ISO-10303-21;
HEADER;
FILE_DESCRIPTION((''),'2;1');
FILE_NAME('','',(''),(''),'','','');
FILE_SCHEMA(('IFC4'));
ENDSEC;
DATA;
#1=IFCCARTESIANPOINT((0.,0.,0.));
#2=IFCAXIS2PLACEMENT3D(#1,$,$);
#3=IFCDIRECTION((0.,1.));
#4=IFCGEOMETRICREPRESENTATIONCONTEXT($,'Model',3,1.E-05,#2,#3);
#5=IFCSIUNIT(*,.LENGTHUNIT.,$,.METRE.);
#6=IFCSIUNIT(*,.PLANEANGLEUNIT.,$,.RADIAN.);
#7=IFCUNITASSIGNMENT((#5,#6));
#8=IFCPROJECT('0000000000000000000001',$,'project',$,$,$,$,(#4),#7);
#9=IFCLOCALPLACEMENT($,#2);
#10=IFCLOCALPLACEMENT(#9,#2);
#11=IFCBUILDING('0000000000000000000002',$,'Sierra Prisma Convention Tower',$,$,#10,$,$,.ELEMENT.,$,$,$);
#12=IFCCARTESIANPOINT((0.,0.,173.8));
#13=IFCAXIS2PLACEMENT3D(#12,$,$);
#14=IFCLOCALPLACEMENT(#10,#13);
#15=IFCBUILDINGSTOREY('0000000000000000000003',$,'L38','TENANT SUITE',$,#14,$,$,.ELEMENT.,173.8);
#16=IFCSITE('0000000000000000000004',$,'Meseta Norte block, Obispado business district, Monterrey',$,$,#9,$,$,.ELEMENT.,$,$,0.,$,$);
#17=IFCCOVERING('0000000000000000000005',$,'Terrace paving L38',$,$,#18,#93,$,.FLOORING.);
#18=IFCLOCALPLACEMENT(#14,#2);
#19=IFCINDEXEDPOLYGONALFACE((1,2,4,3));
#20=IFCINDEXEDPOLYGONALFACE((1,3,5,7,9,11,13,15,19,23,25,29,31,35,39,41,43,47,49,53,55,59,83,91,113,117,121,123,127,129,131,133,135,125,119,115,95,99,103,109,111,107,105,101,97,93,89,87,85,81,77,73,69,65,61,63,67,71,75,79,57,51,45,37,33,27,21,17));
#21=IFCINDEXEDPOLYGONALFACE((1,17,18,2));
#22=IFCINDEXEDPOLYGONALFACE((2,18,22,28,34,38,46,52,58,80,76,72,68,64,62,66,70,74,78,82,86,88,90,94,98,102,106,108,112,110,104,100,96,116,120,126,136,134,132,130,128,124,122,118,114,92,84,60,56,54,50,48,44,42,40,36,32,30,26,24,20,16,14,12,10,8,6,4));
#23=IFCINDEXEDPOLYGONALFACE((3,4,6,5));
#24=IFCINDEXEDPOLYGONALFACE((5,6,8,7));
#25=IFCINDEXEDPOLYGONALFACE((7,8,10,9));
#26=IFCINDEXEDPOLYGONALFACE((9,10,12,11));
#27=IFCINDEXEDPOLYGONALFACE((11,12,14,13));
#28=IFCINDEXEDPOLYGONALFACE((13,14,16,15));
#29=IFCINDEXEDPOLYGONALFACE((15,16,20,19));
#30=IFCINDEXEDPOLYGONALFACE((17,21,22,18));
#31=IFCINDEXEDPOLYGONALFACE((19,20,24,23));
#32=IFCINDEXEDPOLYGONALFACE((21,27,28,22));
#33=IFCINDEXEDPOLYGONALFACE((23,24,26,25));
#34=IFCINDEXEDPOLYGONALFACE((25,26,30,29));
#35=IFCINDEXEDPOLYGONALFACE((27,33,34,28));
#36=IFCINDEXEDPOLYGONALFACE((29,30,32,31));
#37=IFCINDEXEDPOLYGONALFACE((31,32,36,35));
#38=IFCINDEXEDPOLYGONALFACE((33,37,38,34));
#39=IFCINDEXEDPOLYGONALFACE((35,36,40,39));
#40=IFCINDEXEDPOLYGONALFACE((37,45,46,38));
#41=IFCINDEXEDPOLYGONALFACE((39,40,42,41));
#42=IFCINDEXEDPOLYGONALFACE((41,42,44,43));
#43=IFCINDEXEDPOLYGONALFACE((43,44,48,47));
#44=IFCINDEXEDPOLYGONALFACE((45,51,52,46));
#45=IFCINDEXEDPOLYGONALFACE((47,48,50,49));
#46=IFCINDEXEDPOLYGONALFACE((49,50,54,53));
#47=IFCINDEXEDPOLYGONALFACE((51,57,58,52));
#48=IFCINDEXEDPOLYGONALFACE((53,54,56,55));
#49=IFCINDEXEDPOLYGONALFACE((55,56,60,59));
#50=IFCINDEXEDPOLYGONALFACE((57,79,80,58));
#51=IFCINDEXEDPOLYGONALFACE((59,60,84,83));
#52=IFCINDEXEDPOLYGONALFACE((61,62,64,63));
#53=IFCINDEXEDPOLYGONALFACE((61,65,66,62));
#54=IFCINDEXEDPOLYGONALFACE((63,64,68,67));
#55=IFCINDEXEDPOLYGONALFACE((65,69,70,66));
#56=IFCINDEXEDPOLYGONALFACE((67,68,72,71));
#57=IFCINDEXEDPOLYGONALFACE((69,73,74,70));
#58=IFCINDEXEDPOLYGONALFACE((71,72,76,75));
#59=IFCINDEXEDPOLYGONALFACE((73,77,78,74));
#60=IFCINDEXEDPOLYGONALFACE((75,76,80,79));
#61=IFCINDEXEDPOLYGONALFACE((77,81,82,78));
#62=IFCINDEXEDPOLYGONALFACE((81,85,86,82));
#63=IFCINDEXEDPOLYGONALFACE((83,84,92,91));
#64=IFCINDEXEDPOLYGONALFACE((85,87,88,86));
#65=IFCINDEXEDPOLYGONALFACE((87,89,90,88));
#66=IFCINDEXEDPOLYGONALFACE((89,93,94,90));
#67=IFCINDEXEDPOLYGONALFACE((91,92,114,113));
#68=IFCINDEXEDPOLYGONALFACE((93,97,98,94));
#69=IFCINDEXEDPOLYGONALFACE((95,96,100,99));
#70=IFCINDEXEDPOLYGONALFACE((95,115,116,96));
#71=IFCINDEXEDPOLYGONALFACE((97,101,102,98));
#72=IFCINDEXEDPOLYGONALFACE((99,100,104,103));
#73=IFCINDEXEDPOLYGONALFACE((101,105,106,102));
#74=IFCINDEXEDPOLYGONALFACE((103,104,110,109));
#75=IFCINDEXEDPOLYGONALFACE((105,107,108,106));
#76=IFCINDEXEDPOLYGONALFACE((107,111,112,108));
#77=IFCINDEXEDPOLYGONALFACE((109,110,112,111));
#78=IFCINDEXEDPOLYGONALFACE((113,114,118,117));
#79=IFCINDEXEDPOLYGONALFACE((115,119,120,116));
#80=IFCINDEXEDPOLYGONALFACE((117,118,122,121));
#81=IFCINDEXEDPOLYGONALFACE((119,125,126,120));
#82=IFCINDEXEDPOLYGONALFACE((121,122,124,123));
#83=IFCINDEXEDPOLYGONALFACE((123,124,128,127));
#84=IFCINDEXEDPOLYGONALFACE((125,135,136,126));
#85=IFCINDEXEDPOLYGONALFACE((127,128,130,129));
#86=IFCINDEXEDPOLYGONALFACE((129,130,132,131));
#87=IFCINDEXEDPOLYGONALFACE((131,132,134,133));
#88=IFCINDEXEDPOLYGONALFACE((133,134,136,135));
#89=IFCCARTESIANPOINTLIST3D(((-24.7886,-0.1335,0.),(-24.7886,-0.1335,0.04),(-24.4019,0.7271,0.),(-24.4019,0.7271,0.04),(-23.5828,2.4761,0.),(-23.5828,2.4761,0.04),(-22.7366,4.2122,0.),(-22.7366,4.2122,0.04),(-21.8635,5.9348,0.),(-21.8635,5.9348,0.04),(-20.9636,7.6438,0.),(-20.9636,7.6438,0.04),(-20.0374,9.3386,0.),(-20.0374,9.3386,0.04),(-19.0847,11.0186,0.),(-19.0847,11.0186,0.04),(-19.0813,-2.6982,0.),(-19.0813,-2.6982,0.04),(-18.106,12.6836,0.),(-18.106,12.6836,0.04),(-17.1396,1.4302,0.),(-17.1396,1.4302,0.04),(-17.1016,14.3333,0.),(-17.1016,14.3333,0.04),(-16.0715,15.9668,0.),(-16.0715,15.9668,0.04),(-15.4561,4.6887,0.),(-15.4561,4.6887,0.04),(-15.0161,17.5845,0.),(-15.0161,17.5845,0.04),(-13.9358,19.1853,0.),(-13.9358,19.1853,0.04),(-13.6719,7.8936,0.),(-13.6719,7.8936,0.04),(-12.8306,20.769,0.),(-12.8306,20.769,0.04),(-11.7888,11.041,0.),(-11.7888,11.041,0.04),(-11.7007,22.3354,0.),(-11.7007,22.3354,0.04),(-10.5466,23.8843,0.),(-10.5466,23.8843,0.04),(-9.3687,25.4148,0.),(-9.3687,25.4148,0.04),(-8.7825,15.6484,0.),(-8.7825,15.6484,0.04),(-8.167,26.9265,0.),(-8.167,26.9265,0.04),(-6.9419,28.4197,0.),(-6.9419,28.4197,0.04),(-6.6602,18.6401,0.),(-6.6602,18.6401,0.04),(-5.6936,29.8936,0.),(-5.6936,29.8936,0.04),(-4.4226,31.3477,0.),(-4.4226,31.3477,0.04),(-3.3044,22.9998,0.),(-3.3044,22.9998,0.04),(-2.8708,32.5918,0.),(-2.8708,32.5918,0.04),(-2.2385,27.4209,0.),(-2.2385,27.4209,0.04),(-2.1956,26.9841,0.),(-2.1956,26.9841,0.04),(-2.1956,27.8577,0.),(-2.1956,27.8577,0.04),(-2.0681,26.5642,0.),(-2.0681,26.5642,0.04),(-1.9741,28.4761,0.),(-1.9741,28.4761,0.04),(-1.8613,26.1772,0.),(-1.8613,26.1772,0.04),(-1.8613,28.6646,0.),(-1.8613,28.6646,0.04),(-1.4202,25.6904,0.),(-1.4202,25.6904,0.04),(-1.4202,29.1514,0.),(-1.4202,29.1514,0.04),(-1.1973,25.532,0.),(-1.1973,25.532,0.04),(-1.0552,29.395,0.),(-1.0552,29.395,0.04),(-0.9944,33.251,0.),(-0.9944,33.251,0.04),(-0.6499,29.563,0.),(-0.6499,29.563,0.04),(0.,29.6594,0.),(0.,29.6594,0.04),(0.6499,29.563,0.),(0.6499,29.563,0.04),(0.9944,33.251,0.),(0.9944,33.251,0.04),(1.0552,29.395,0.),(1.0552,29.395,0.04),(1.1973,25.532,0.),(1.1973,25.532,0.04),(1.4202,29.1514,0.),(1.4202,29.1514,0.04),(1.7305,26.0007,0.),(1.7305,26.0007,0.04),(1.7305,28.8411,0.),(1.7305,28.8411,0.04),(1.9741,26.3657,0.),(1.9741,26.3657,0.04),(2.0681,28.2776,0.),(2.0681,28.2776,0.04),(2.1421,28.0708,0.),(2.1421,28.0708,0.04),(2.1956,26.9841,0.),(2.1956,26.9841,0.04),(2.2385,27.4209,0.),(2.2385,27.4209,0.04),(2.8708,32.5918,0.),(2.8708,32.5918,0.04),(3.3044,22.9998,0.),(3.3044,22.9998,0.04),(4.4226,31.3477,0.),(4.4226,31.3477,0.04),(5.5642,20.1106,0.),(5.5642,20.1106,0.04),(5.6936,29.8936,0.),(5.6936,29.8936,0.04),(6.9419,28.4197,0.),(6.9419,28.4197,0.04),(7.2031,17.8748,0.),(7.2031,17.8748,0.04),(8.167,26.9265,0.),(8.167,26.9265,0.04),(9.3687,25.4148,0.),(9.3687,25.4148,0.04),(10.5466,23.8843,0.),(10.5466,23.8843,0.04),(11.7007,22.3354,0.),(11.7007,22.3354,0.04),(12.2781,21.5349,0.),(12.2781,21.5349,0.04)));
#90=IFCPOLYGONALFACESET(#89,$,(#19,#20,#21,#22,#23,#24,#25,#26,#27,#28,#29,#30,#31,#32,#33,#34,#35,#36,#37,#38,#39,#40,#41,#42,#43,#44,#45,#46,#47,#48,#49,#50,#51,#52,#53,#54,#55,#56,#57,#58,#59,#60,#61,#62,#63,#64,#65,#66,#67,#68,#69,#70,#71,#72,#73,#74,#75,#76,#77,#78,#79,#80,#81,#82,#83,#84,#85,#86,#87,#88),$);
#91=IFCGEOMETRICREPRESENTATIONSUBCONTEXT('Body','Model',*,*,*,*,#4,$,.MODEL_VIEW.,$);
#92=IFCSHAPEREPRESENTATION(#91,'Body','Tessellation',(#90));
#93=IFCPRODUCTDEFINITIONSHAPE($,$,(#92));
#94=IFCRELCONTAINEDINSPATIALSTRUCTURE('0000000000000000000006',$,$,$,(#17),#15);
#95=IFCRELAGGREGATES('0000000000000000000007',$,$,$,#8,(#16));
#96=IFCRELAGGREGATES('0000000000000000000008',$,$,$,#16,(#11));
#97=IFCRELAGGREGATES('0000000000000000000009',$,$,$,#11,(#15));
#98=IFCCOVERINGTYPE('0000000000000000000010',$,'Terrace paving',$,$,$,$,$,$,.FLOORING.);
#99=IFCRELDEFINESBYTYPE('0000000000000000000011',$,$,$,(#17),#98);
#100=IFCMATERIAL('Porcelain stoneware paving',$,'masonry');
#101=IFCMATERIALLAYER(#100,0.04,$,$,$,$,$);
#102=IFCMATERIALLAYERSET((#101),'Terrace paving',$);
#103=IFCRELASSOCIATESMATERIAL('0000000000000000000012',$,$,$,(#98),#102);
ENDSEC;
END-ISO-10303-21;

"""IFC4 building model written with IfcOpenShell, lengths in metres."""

from ifc_helpers import new_model, si_unit, direction, frame, origin, place, context, subcontext, project, spatial, polyline, outline, extrude, material, layer, layer_set, type_object, element, save


model = new_model("IFC4")

# Units and contexts
model_context = context("Model", 3, precision=1e-05, world=origin(), true_north=direction((0.0, 1.0)))
body_context = subcontext(model_context, "Body", "Model", "MODEL_VIEW")
ifc_project = project(units=[si_unit("LENGTHUNIT", "METRE"), si_unit("PLANEANGLEUNIT", "RADIAN")], contexts=[model_context])

# Site, building, storey
site_placement = place(None, origin())
site = spatial("IfcSite", under=ifc_project, at=site_placement, Name="Meseta Norte block, Obispado business district, Monterrey", CompositionType="ELEMENT", RefElevation=0.0)
building_placement = place(site_placement, origin())
building = spatial("IfcBuilding", under=site, at=building_placement, Name="Sierra Prisma Convention Tower", CompositionType="ELEMENT")
storey_placement = place(building_placement, frame((0.0, 0.0, 173.8)))
storey = spatial("IfcBuildingStorey", under=building, at=storey_placement, Name="L38", Description="TENANT SUITE", CompositionType="ELEMENT", Elevation=173.8)

# Covering
ifc_material_1 = material(Name="Porcelain stoneware paving", Category="masonry")
ifc_layer_1 = layer(ifc_material_1, 0.04)
ifc_layer_set_1 = layer_set([ifc_layer_1], Name="Terrace paving")
covering_type_1 = type_object("IfcCoveringType", Name="Terrace paving", PredefinedType="FLOORING", material=ifc_layer_set_1)
covering_1_placement = place(storey_placement, origin())
element("IfcCovering", 1, at=covering_1_placement, inside=storey, type_object=covering_type_1, Name="Terrace paving L38", PredefinedType="FLOORING", context=body_context, shape_type="SweptSolid", body=[
    extrude(outline(polyline([(12.2781, 21.5349), (11.7007, 22.3354), (10.5466, 23.8843), (9.3687, 25.4148), (8.167, 26.9265), (6.9419, 28.4197), (5.6936, 29.8936), (4.4226, 31.3477), (2.8708, 32.5918), (0.9944, 33.251), (-0.9944, 33.251), (-2.8708, 32.5918), (-4.4226, 31.3477), (-5.6936, 29.8936), (-6.9419, 28.4197), (-8.167, 26.9265), (-9.3687, 25.4148), (-10.5466, 23.8843), (-11.7007, 22.3354), (-12.8306, 20.769), (-13.9358, 19.1853), (-15.0161, 17.5845), (-16.0715, 15.9668), (-17.1016, 14.3333), (-18.106, 12.6836), (-19.0847, 11.0186), (-20.0374, 9.3386), (-20.9636, 7.6438), (-21.8635, 5.9348), (-22.7366, 4.2122), (-23.5828, 2.4761), (-24.4019, 0.7271), (-24.7886, -0.1335), (-19.0813, -2.6982), (-17.1396, 1.4302), (-15.4561, 4.6887), (-13.6719, 7.8936), (-11.7888, 11.041), (-8.7825, 15.6484), (-6.6602, 18.6401), (-3.3044, 22.9998), (-1.1973, 25.532), (-1.4202, 25.6904), (-1.8613, 26.1772), (-2.0681, 26.5642), (-2.1956, 26.9841), (-2.2385, 27.4209), (-2.1956, 27.8577), (-1.9741, 28.4761), (-1.8613, 28.6646), (-1.4202, 29.1514), (-1.0552, 29.395), (-0.6499, 29.563), (0.0, 29.6594), (0.6499, 29.563), (1.0552, 29.395), (1.4202, 29.1514), (1.7305, 28.8411), (2.0681, 28.2776), (2.1421, 28.0708), (2.2385, 27.4209), (2.1956, 26.9841), (1.9741, 26.3657), (1.7305, 26.0007), (1.1973, 25.532), (3.3044, 22.9998), (5.5642, 20.1106), (7.2031, 17.8748), (12.2781, 21.5349)])), origin(), (0.0, 0.0, 1.0), 0.04),
])

save(model, "model.ifc")
